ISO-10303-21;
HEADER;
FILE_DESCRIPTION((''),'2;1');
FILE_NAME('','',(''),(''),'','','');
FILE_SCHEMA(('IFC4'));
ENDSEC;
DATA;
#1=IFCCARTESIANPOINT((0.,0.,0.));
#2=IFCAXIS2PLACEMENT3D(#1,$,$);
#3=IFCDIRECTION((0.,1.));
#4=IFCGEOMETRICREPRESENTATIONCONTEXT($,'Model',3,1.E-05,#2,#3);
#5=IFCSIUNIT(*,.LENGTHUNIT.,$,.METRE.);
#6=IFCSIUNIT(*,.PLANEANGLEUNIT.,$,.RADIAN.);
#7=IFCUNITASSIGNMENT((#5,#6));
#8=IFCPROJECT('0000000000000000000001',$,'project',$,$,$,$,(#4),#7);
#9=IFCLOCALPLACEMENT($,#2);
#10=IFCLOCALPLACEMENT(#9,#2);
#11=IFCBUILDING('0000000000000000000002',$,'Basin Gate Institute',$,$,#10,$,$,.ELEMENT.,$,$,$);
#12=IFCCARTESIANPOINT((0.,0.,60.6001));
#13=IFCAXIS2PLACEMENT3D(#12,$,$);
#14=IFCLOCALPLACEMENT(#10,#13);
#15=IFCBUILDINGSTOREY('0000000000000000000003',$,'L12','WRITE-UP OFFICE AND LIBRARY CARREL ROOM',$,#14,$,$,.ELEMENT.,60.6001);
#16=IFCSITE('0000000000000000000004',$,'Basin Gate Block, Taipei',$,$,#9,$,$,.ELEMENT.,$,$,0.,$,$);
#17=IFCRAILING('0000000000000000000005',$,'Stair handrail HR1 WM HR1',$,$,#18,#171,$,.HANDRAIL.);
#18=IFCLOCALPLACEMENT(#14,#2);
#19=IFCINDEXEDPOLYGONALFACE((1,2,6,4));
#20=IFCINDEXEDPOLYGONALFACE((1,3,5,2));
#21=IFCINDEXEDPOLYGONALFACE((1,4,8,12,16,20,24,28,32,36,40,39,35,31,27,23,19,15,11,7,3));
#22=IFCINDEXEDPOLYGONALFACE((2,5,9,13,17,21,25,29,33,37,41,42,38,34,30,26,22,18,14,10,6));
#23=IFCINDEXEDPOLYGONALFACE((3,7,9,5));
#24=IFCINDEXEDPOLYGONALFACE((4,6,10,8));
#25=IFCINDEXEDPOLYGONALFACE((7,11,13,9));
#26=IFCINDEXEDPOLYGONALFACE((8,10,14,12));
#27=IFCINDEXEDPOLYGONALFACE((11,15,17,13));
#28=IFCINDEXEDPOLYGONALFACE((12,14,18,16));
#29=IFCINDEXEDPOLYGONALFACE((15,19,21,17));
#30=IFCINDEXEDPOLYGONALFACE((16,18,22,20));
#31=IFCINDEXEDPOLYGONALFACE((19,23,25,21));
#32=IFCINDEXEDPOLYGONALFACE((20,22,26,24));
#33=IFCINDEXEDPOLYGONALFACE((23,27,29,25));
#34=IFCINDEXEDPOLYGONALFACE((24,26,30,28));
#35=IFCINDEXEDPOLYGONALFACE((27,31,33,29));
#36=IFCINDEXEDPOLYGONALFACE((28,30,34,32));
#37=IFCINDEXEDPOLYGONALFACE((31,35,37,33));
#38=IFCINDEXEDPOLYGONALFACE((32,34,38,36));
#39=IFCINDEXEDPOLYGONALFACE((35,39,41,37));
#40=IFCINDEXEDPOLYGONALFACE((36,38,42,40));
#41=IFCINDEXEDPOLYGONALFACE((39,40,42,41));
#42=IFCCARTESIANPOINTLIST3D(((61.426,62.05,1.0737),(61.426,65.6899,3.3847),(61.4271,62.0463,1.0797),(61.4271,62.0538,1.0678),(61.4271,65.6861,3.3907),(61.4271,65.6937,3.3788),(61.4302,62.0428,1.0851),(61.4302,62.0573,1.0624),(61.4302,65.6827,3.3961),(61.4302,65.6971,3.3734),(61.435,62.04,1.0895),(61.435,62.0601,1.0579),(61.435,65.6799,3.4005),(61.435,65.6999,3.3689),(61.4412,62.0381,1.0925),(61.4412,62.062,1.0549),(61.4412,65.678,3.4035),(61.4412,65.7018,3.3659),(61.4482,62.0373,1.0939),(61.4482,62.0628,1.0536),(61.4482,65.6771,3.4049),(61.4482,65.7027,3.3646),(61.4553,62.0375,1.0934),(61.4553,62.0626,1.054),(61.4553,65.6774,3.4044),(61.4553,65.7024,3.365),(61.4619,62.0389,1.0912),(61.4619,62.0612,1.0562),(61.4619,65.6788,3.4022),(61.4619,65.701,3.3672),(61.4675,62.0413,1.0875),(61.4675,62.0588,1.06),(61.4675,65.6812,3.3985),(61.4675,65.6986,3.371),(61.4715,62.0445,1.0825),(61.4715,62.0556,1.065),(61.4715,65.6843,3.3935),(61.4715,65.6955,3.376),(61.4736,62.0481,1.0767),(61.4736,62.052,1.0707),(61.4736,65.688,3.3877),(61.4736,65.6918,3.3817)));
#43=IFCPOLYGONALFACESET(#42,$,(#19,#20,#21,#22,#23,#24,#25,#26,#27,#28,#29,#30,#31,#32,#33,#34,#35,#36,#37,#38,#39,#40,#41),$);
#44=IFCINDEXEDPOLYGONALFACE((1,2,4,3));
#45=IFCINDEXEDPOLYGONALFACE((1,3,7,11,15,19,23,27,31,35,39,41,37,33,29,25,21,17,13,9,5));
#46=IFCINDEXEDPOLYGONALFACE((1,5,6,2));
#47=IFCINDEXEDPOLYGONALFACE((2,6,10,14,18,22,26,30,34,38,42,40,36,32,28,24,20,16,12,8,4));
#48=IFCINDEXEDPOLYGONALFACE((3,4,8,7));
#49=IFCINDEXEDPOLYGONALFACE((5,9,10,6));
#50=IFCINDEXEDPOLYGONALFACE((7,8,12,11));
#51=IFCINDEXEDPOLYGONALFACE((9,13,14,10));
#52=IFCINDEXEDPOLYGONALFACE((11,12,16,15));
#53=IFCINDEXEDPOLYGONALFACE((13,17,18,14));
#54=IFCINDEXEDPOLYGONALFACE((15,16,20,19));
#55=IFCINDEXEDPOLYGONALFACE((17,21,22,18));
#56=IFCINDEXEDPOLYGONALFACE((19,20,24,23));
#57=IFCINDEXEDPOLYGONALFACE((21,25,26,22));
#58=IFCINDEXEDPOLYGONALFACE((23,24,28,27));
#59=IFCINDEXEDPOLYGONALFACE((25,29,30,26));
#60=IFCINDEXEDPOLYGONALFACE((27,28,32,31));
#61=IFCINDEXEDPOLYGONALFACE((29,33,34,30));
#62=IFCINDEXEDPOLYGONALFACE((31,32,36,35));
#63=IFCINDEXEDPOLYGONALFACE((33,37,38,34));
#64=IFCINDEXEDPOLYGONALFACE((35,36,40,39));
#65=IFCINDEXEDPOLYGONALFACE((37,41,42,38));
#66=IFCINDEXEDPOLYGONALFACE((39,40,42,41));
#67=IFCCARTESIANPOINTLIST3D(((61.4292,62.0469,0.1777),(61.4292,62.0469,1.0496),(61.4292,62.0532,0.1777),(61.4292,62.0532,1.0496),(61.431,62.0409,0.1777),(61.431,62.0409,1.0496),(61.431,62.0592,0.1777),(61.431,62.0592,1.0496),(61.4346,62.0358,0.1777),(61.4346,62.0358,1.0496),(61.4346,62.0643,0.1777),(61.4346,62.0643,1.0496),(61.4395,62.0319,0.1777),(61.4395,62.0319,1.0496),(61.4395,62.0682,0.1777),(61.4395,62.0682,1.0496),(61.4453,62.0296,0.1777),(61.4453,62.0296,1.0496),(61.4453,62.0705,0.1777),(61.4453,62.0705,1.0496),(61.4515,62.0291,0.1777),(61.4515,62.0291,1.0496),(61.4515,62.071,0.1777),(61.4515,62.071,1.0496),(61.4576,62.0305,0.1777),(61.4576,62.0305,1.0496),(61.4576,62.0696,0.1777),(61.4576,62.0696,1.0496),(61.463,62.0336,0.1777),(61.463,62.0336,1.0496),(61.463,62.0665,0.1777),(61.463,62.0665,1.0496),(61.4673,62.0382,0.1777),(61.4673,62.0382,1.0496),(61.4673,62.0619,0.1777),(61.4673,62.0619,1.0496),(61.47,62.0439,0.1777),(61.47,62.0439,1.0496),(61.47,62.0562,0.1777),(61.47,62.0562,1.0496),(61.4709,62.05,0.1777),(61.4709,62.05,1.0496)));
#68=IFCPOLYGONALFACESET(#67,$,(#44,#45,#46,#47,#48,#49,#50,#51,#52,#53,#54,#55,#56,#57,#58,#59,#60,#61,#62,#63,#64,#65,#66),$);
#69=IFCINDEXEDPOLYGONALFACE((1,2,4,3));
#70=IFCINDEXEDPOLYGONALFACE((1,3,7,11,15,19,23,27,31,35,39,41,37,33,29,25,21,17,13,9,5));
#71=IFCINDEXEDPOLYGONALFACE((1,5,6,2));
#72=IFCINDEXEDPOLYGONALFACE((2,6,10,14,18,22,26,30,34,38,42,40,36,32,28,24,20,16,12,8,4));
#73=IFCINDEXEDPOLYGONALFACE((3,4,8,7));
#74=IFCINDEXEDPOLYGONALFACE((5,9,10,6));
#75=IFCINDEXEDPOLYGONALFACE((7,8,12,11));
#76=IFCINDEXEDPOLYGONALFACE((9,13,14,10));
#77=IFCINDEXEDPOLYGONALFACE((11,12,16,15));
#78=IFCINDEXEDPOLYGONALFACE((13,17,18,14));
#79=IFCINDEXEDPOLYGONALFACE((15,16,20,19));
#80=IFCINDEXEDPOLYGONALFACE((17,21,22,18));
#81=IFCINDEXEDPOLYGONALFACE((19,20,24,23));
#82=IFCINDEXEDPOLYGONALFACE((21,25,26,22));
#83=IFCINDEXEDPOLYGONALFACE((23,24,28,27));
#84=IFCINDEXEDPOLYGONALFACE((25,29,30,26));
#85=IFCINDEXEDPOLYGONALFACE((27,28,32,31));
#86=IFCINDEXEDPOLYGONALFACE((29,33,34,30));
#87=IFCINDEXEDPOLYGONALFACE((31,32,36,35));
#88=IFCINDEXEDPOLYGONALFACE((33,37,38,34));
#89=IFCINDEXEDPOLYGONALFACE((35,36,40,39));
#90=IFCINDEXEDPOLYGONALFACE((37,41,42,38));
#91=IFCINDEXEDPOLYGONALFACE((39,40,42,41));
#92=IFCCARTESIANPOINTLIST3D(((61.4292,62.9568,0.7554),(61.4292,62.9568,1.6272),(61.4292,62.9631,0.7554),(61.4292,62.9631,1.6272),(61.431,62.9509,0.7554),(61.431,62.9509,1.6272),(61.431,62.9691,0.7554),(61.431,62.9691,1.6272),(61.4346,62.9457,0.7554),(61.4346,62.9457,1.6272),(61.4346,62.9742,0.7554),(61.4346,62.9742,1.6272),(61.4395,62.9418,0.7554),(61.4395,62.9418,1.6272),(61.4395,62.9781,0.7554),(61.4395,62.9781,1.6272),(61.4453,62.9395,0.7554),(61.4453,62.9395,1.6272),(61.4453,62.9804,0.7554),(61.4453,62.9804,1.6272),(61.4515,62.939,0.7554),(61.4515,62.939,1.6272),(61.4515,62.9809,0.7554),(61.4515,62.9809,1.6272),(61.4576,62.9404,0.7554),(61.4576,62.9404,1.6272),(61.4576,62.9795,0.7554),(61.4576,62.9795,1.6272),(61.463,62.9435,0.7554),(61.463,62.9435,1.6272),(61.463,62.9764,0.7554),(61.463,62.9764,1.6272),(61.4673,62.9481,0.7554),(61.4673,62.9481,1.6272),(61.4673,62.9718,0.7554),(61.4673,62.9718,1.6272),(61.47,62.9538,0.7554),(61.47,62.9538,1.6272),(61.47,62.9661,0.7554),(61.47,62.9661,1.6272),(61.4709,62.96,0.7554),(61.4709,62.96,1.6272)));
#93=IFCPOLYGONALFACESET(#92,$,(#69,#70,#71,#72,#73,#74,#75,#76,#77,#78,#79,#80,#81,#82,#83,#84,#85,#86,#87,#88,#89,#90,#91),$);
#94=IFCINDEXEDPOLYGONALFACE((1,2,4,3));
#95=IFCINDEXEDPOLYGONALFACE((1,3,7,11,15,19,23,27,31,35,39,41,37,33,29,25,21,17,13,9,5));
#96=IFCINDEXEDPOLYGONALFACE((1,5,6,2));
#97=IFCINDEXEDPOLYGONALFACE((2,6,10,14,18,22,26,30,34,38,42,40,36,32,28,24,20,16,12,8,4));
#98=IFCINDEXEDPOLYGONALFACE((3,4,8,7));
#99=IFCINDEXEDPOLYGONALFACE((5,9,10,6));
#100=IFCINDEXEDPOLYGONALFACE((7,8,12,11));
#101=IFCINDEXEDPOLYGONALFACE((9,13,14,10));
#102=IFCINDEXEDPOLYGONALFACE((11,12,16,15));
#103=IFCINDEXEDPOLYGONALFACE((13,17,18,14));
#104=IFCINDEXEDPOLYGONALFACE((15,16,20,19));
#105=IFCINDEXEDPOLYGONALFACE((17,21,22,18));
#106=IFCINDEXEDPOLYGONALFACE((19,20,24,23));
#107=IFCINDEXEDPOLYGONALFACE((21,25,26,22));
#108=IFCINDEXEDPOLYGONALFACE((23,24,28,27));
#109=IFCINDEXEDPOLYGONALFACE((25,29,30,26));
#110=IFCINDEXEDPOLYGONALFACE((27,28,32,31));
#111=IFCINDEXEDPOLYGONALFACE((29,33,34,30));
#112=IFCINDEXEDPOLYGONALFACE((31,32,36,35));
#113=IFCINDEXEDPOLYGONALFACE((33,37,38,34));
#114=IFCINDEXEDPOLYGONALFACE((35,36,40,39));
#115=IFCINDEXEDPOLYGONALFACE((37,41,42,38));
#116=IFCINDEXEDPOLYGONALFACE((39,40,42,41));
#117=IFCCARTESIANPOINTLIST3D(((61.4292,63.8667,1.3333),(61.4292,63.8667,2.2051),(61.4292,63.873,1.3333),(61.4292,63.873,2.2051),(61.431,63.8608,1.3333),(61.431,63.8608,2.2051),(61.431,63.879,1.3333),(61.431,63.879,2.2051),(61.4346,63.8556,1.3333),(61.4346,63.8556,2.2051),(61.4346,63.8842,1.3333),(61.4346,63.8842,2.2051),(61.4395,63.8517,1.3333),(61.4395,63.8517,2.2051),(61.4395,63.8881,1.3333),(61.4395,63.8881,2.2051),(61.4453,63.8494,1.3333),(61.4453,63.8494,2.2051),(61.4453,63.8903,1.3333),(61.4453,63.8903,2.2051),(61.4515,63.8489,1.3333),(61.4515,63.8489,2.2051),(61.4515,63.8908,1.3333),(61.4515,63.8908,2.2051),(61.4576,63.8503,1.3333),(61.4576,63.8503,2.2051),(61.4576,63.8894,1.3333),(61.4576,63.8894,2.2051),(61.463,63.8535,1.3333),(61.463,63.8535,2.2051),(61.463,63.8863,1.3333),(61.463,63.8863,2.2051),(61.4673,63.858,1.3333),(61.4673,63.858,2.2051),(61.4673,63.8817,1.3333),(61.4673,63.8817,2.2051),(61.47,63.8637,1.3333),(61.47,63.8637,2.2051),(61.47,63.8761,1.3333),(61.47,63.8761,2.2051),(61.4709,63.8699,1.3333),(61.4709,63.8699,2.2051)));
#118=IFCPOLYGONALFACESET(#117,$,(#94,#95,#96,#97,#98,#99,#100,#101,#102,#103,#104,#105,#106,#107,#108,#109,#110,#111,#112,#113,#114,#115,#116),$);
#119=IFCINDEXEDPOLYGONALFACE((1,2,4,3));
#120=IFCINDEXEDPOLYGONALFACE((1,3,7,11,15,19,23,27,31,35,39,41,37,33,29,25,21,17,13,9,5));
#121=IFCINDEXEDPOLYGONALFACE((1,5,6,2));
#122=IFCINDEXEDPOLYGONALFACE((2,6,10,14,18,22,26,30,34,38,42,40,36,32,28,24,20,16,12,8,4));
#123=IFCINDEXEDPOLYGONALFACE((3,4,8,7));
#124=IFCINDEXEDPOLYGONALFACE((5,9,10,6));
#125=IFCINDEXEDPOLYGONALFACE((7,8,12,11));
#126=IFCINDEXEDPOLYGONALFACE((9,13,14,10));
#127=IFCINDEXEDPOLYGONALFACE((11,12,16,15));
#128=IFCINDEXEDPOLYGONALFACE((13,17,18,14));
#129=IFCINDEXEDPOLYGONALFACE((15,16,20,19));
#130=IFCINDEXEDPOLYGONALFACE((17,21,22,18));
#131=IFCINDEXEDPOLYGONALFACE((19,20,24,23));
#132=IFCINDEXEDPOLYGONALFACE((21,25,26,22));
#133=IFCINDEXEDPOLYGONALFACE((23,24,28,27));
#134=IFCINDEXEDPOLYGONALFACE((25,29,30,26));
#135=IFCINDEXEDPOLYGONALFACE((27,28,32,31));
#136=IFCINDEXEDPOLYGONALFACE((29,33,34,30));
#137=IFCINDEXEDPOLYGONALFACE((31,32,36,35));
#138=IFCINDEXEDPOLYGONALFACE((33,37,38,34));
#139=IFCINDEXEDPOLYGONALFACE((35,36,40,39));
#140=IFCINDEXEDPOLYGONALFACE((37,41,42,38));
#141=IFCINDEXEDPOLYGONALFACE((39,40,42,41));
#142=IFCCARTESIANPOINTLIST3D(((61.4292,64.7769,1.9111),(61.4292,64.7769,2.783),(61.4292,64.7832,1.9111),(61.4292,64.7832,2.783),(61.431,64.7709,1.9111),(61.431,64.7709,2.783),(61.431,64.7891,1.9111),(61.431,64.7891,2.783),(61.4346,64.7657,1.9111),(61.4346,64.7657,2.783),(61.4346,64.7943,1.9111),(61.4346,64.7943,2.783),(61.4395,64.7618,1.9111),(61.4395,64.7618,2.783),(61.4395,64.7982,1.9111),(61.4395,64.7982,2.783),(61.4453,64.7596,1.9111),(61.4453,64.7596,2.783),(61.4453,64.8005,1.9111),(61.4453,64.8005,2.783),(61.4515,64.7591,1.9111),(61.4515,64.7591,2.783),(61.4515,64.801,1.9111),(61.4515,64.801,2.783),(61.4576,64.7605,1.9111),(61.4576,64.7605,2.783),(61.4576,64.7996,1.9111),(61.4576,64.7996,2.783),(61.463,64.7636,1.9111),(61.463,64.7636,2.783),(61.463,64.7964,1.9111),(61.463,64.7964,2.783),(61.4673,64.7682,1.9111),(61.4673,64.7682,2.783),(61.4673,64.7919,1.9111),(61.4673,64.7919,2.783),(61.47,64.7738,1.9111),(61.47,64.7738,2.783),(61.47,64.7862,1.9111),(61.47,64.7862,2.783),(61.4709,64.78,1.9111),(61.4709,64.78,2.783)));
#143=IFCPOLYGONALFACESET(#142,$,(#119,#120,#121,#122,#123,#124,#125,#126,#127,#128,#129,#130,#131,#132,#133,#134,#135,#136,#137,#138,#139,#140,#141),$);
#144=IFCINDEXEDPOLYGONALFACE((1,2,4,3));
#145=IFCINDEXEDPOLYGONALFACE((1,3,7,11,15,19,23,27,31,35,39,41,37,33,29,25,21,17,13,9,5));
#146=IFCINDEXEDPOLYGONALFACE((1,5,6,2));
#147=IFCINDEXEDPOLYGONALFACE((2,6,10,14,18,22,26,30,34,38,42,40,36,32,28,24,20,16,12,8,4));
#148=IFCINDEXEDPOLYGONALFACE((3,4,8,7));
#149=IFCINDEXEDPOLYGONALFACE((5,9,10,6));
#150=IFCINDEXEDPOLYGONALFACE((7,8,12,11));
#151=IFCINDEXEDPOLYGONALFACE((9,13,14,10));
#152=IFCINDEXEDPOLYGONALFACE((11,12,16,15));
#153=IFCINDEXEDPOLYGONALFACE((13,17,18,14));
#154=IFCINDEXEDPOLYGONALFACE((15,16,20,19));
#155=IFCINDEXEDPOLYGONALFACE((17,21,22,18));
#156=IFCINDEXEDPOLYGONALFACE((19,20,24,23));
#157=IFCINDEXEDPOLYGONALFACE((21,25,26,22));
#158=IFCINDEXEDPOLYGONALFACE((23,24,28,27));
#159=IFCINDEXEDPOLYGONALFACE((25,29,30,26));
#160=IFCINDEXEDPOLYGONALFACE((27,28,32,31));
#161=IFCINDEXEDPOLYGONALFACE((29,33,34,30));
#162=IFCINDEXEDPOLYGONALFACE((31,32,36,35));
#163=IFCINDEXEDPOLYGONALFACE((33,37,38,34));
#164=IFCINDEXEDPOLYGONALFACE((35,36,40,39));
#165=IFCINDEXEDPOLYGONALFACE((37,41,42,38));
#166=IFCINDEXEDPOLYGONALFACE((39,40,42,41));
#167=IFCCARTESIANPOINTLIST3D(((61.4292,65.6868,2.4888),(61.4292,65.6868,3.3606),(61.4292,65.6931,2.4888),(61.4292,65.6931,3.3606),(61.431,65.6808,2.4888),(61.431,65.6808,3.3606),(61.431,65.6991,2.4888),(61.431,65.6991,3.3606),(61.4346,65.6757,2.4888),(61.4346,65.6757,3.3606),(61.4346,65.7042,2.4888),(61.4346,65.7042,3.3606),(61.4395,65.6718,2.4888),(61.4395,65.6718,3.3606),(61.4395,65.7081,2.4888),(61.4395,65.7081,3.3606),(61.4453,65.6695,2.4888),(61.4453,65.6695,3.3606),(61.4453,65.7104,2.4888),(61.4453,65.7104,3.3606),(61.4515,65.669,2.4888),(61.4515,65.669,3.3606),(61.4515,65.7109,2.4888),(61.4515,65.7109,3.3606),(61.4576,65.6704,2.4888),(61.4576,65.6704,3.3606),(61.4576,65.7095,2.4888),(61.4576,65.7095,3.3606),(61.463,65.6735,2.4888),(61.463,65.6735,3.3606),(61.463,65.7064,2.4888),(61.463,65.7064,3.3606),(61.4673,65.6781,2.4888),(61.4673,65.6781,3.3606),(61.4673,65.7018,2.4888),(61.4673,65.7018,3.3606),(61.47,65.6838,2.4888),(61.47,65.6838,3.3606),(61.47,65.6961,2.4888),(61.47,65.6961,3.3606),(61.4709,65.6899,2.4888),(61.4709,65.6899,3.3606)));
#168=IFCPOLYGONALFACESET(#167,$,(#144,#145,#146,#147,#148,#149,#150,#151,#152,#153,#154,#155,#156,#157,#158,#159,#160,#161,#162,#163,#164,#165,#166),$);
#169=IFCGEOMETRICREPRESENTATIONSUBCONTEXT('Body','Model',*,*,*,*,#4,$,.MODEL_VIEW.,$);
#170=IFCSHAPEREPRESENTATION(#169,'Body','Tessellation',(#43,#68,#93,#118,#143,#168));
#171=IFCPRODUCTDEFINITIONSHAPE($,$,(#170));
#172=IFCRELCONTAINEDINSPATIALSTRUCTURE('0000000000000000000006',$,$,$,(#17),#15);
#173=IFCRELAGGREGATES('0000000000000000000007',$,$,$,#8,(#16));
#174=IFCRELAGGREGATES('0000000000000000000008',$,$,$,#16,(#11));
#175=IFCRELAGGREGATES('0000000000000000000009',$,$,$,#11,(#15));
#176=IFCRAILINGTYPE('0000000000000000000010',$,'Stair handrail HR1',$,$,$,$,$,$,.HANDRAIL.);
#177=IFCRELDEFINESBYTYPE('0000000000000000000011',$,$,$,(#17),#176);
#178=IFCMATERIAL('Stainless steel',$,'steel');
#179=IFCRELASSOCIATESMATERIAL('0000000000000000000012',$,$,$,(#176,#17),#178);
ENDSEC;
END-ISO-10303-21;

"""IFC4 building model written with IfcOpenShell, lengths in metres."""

from ifc_helpers import new_model, si_unit, direction, frame, origin, origin_2d, place, context, subcontext, project, spatial, circle, extrude, material, type_object, element, save


model = new_model("IFC4")

# Units and contexts
model_context = context("Model", 3, precision=1e-05, world=origin(), true_north=direction((0.0, 1.0)))
body_context = subcontext(model_context, "Body", "Model", "MODEL_VIEW")
ifc_project = project(units=[si_unit("LENGTHUNIT", "METRE"), si_unit("PLANEANGLEUNIT", "RADIAN")], contexts=[model_context])

# Site, building, storey
site_placement = place(None, origin())
site = spatial("IfcSite", under=ifc_project, at=site_placement, Name="Basin Gate Block, Taipei", CompositionType="ELEMENT", RefElevation=0.0)
building_placement = place(site_placement, origin())
building = spatial("IfcBuilding", under=site, at=building_placement, Name="Basin Gate Institute", CompositionType="ELEMENT")
storey_placement = place(building_placement, frame((0.0, 0.0, 60.6001)))
storey = spatial("IfcBuildingStorey", under=building, at=storey_placement, Name="L12", Description="WRITE-UP OFFICE AND LIBRARY CARREL ROOM", CompositionType="ELEMENT", Elevation=60.6001)

# Railing
ifc_material_1 = material(Name="Stainless steel", Category="steel")
railing_type_1 = type_object("IfcRailingType", Name="Stair handrail HR1", PredefinedType="HANDRAIL", material=ifc_material_1)
for number, where, name in (
    (1, (61.45, 62.05, 0.1777), "Stair handrail HR1 WM HR1"),
):
    element("IfcRailing", number, at=place(storey_placement, frame(where)), inside=storey, type_object=railing_type_1, material=ifc_material_1, Name=name, PredefinedType="HANDRAIL", context=body_context, shape_type="SweptSolid", body=[
        extrude(circle(Radius=0.0239, at=origin_2d()), frame((0.0, 0.0, 0.896), z_axis=(0.0, 0.844214, 0.536007), x_axis=(-1.0, 0.0, 0.0)), (0.0, 0.0, 1.0), 4.3115),
        extrude(circle(Radius=0.021, at=origin_2d()), origin(), (0.0, 0.0, 1.0), 0.8718),
        extrude(circle(Radius=0.021, at=origin_2d()), frame((0.0, 0.9099, 0.5776)), (0.0, 0.0, 1.0), 0.8718),
        extrude(circle(Radius=0.021, at=origin_2d()), frame((0.0, 1.8198, 1.1555)), (0.0, 0.0, 1.0), 0.8718),
        extrude(circle(Radius=0.021, at=origin_2d()), frame((0.0, 2.73, 1.7334)), (0.0, 0.0, 1.0), 0.8718),
        extrude(circle(Radius=0.021, at=origin_2d()), frame((0.0, 3.6399, 2.311)), (0.0, 0.0, 1.0), 0.8718),
    ])

save(model, "model.ifc")
